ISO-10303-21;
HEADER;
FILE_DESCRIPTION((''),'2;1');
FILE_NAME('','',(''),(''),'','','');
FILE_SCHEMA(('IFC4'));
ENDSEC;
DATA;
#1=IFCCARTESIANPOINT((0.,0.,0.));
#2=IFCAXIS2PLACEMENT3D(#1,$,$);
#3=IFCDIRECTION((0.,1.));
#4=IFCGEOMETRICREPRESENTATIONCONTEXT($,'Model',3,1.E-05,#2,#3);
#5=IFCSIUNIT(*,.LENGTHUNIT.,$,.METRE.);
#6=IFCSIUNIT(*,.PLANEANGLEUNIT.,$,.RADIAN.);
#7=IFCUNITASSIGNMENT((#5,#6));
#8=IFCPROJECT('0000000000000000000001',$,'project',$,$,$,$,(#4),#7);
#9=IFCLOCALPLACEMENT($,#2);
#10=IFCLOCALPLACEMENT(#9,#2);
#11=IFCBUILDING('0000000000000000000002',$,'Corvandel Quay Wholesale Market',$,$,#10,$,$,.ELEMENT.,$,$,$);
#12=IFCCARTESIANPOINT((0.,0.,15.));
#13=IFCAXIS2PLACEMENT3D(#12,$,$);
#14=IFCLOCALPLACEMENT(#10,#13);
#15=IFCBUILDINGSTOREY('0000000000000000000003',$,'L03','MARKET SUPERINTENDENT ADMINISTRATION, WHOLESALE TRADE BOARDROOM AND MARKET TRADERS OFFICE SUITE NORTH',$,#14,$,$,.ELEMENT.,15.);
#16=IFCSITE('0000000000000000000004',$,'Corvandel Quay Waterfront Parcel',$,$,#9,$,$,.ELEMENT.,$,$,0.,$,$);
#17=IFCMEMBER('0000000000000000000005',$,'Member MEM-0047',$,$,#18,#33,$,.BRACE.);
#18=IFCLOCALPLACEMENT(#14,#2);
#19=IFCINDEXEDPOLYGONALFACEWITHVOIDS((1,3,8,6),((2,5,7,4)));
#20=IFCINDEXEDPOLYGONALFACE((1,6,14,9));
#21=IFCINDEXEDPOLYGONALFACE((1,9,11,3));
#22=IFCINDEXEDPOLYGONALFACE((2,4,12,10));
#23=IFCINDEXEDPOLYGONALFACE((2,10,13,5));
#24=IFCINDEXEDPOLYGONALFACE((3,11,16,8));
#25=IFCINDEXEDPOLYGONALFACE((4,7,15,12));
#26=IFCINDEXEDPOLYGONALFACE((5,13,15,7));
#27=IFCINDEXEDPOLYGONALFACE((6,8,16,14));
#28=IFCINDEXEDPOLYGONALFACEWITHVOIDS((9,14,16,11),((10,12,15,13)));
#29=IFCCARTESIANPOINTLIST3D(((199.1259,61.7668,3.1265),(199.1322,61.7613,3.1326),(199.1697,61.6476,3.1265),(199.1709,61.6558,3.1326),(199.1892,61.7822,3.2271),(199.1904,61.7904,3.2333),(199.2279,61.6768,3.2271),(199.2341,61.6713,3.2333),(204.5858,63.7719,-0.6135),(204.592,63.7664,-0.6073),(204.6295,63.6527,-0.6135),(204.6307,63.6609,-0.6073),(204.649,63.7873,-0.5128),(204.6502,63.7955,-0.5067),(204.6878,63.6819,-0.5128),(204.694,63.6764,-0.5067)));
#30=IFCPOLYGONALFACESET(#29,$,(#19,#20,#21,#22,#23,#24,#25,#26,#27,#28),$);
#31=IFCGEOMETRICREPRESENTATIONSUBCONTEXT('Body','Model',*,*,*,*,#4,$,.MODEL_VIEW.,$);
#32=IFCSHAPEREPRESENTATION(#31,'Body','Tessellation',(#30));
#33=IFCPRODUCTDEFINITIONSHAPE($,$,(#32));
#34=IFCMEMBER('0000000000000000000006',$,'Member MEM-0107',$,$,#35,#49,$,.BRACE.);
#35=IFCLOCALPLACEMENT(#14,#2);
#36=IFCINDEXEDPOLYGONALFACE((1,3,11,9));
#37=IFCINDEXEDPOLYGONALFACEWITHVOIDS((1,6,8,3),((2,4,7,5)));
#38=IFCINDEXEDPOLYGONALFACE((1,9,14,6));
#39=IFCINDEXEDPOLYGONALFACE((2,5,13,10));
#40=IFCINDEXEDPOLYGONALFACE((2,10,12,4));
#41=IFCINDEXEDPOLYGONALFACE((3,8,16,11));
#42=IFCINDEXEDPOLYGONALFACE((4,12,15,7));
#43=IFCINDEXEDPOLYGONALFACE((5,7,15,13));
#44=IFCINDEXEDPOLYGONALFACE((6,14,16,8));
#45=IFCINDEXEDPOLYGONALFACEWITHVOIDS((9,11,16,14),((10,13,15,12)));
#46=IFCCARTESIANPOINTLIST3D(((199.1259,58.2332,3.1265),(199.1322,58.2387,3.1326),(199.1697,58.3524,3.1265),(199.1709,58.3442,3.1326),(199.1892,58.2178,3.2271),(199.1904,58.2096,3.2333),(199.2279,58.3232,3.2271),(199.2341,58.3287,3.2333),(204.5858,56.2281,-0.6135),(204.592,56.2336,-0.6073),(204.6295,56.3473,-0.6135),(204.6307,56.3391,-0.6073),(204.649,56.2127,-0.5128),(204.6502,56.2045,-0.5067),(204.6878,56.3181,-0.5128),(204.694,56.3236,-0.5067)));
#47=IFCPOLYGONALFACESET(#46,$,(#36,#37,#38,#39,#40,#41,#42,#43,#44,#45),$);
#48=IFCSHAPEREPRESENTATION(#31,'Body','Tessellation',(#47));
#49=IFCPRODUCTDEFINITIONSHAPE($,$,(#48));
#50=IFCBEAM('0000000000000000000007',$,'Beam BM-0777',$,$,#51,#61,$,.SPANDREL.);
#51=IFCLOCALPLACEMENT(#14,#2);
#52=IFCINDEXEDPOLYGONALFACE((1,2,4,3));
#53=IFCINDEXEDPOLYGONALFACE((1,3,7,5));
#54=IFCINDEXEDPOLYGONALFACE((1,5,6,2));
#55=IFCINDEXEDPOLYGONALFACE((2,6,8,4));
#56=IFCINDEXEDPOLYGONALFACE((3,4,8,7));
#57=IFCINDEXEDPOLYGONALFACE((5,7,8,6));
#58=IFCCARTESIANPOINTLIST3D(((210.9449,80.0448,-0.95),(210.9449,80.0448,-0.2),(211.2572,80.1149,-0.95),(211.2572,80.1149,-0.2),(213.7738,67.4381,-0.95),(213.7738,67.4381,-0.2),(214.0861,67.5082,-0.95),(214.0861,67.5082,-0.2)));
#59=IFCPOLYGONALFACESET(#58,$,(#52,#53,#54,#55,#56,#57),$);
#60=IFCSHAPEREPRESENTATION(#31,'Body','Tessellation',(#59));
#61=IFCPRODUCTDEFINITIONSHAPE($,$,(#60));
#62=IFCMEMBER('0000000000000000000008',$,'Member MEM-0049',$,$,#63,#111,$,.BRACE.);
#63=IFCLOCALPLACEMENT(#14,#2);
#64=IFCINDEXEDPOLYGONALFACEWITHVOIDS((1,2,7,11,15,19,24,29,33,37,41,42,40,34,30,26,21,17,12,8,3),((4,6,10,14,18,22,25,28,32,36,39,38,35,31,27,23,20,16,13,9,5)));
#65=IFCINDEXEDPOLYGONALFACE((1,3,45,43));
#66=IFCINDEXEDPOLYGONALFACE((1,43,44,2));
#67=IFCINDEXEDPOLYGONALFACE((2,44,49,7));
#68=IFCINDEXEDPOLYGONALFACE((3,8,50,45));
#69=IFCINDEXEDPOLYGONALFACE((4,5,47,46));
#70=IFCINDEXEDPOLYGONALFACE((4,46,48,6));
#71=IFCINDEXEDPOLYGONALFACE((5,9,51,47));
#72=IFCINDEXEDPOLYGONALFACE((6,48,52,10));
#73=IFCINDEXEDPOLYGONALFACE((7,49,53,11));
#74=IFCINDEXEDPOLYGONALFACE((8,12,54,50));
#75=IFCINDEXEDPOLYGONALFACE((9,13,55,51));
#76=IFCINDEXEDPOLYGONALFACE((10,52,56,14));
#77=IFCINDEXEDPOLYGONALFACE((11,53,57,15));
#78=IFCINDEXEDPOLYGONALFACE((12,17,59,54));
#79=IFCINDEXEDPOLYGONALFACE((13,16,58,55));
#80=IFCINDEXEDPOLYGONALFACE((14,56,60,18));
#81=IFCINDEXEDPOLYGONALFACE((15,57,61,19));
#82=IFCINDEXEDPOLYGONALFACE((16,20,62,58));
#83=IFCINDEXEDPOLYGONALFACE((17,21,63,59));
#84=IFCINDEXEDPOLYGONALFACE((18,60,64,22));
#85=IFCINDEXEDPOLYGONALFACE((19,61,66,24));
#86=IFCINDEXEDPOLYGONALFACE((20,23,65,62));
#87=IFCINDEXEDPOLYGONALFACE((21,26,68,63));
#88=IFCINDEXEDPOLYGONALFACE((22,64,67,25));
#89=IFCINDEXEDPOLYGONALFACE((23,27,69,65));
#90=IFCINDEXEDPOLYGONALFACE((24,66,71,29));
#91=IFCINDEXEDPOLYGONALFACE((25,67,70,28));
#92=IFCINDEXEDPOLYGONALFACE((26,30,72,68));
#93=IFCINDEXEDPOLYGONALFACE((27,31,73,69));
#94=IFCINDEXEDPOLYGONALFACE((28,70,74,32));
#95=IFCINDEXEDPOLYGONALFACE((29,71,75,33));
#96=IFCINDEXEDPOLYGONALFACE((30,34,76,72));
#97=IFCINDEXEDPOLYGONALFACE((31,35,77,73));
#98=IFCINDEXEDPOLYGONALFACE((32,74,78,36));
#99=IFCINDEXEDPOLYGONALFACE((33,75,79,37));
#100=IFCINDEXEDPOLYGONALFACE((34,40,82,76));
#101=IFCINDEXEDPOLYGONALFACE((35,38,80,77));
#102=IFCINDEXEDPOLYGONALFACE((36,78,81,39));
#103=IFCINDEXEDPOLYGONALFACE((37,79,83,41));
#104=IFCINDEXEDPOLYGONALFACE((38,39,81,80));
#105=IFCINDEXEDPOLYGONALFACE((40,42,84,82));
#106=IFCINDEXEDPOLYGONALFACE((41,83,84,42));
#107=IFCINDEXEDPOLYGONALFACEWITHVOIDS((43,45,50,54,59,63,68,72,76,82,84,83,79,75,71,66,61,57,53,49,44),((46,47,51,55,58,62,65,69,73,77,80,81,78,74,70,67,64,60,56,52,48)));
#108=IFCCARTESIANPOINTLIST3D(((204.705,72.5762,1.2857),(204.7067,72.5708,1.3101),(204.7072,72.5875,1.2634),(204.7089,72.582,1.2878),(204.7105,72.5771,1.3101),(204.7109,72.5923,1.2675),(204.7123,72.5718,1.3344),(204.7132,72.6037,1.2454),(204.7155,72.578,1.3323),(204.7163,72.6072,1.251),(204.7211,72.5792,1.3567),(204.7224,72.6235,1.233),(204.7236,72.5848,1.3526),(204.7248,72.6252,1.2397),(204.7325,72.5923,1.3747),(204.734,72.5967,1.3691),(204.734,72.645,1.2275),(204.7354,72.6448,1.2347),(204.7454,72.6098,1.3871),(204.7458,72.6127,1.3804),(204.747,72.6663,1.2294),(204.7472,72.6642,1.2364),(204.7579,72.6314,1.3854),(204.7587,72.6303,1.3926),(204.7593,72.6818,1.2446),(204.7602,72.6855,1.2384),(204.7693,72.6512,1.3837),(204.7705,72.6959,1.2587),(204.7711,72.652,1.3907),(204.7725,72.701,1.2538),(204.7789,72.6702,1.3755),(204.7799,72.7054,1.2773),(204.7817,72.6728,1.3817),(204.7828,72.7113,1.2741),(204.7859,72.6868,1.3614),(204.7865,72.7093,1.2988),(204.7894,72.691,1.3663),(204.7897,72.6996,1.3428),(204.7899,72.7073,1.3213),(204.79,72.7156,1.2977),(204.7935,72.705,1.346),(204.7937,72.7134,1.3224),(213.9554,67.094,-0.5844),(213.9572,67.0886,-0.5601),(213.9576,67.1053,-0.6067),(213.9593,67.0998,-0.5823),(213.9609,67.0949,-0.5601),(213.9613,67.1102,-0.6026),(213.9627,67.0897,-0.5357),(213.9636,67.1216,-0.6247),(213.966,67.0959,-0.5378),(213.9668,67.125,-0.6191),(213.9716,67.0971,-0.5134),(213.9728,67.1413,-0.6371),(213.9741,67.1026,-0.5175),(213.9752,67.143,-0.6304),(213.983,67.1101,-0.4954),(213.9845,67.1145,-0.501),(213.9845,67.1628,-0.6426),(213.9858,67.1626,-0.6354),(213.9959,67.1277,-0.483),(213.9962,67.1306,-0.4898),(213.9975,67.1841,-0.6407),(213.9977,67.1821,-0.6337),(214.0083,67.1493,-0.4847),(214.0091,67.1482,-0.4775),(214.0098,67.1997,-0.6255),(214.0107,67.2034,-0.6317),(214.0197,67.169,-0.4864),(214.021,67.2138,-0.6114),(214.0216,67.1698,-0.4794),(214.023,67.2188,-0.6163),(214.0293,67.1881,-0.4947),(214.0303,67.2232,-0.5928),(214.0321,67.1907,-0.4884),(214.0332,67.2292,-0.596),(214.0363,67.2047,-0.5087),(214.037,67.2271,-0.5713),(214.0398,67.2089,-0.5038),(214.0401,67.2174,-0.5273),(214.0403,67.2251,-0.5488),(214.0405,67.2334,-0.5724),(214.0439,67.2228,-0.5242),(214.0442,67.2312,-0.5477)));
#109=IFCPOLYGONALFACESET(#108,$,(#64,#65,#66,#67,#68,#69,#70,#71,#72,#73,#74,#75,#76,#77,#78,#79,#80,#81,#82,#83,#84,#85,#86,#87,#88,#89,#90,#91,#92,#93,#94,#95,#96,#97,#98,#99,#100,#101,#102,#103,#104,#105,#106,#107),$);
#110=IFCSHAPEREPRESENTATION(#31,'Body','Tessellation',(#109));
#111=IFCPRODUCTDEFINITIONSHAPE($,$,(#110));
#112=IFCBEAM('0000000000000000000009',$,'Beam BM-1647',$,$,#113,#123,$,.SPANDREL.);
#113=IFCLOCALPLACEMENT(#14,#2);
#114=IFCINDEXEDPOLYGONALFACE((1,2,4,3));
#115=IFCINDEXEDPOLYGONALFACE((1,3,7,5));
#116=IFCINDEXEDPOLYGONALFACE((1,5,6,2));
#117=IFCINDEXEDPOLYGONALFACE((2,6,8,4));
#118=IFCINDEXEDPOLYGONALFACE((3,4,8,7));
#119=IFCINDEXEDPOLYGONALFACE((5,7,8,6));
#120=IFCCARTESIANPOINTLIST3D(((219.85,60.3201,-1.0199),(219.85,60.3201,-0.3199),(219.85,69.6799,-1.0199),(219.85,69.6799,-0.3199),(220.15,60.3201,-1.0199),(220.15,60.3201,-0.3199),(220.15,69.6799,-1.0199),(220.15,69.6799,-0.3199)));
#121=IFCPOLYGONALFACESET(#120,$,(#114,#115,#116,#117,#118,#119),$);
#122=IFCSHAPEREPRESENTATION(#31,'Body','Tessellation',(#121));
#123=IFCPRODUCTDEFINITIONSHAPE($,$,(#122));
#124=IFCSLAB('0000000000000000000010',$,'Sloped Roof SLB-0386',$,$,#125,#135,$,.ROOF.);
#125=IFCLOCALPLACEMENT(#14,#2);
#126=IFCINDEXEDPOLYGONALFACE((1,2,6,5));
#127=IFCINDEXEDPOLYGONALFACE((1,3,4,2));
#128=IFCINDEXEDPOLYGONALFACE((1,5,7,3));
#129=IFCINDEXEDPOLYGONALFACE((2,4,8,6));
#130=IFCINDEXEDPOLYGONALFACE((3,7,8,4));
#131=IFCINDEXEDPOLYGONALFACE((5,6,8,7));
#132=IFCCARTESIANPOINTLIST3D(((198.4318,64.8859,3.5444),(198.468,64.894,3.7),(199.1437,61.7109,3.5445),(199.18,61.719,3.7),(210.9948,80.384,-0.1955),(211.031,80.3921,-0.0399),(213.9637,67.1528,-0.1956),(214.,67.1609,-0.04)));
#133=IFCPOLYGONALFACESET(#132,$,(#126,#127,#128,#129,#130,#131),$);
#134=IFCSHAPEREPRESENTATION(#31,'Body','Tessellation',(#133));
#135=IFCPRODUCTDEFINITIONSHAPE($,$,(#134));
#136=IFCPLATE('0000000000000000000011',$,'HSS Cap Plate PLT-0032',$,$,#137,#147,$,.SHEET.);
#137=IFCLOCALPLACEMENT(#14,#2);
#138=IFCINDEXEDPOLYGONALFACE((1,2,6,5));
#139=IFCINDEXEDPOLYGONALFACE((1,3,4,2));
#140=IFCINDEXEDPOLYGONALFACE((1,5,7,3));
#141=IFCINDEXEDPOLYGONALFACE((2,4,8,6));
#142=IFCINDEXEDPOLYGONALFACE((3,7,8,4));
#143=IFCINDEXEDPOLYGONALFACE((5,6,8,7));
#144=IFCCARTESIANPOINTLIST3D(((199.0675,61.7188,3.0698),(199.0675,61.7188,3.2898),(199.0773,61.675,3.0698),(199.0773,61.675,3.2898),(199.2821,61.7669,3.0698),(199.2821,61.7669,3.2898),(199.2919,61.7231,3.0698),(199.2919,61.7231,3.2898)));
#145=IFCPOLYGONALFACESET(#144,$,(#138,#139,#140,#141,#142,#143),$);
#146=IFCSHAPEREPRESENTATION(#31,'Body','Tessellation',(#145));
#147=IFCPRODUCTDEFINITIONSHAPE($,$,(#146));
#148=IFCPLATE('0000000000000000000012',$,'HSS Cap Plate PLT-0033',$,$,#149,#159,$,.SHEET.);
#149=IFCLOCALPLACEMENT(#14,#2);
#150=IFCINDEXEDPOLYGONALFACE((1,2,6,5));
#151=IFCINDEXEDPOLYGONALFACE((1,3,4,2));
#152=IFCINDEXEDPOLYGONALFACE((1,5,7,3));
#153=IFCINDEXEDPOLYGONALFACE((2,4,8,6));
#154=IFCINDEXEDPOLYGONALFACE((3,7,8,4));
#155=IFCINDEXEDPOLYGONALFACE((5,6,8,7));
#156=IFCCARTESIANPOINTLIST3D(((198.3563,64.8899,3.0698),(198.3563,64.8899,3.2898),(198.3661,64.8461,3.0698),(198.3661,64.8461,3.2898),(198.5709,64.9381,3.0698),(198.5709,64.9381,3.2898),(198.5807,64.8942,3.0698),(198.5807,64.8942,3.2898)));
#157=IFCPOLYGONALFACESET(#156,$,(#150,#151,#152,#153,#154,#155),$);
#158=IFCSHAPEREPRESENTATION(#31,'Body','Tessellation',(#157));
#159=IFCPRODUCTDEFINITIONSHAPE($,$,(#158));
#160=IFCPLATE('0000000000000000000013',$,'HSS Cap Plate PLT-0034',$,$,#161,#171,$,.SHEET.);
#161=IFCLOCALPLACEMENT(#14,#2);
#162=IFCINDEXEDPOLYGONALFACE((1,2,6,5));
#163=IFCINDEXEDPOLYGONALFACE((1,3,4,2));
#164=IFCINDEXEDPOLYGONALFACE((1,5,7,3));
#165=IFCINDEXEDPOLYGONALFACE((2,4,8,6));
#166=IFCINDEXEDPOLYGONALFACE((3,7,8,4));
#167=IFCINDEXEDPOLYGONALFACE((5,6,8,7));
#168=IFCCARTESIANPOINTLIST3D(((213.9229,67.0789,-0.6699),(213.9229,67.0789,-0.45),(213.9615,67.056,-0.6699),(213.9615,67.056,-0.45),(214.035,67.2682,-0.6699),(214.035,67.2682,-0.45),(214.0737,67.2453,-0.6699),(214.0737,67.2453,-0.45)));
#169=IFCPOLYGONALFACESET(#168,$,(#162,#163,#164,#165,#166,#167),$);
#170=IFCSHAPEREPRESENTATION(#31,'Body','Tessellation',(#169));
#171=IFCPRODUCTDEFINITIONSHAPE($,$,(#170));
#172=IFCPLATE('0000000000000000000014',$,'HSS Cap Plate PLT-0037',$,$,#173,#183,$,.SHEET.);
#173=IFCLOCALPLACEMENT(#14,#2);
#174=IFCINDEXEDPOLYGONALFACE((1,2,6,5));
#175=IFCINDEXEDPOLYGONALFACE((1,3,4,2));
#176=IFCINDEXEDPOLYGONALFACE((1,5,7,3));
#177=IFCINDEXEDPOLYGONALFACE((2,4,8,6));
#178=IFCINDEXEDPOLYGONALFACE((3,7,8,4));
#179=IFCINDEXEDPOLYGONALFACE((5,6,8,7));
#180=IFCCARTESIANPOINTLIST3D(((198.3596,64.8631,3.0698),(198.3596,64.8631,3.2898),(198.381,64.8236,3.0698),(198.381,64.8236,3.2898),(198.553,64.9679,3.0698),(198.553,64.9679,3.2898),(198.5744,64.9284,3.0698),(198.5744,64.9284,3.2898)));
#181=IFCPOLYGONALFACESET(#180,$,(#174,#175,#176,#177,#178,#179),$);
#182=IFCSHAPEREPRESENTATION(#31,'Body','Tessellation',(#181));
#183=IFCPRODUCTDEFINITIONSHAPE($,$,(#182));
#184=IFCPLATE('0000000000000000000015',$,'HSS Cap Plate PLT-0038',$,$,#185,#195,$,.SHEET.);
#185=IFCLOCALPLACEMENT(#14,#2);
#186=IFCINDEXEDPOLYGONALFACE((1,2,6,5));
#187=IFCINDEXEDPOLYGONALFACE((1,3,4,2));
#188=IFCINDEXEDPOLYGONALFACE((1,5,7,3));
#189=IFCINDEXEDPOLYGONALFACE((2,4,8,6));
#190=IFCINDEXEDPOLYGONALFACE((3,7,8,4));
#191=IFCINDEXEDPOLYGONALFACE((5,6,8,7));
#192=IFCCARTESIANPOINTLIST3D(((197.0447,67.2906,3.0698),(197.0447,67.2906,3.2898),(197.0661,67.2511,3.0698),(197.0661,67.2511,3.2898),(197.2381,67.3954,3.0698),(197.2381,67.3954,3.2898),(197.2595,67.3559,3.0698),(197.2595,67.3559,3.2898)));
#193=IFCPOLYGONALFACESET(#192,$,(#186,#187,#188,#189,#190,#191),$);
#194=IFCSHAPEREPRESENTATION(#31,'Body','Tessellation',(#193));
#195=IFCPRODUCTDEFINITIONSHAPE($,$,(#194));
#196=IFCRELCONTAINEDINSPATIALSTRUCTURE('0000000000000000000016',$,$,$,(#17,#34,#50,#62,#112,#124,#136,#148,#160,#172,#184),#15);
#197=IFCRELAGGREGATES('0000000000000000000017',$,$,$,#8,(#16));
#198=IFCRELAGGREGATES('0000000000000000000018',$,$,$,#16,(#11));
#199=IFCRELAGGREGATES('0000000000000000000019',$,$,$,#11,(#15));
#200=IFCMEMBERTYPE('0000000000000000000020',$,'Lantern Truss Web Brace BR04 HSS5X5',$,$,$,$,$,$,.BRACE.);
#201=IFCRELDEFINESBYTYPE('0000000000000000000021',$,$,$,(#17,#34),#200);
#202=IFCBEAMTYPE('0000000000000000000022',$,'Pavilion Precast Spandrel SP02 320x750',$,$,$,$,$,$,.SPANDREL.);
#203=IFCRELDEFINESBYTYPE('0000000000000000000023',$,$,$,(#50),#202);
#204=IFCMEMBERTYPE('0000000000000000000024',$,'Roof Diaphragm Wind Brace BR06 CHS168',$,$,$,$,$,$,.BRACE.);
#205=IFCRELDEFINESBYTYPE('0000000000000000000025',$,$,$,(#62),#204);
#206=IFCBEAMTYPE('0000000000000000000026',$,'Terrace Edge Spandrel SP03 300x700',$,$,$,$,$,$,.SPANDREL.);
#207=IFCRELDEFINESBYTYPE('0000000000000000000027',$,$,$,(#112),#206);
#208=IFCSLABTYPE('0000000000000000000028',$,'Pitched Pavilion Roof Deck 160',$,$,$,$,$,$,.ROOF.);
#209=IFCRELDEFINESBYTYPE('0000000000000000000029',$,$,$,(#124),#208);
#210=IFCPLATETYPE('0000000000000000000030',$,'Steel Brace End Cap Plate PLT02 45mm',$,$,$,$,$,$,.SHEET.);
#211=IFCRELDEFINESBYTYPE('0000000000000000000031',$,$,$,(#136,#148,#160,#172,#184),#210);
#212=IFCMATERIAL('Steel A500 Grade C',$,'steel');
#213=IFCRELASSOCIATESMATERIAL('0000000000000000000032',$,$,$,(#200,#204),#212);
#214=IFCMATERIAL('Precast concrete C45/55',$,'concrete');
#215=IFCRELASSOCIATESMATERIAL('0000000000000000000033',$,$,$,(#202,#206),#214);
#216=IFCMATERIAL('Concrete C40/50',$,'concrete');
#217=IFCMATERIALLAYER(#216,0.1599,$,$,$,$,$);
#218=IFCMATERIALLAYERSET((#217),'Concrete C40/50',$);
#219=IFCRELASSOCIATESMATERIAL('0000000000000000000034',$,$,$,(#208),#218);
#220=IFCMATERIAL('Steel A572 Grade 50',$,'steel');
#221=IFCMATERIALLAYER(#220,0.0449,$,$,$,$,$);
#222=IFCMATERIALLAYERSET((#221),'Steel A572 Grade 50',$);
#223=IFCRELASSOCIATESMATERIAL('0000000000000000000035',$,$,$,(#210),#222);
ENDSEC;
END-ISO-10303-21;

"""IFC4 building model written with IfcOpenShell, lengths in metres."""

from ifc_helpers import new_model, si_unit, direction, frame, origin, origin_2d, place, context, subcontext, project, spatial, polyline, rectangle, hollow_rectangle, hollow_circle, outline, extrude, material, layer, layer_set, material_profile, profile_set, type_object, element, save


model = new_model("IFC4")

# Units and contexts
model_context = context("Model", 3, precision=1e-05, world=origin(), true_north=direction((0.0, 1.0)))
body_context = subcontext(model_context, "Body", "Model", "MODEL_VIEW")
ifc_project = project(units=[si_unit("LENGTHUNIT", "METRE"), si_unit("PLANEANGLEUNIT", "RADIAN")], contexts=[model_context])

# Site, building, storey
site_placement = place(None, origin())
site = spatial("IfcSite", under=ifc_project, at=site_placement, Name="Corvandel Quay Waterfront Parcel", CompositionType="ELEMENT", RefElevation=0.0)
building_placement = place(site_placement, origin())
building = spatial("IfcBuilding", under=site, at=building_placement, Name="Corvandel Quay Wholesale Market", CompositionType="ELEMENT")
storey_placement = place(building_placement, frame((0.0, 0.0, 15.0)))
storey = spatial("IfcBuildingStorey", under=building, at=storey_placement, Name="L03", Description="MARKET SUPERINTENDENT ADMINISTRATION, WHOLESALE TRADE BOARDROOM AND MARKET TRADERS OFFICE SUITE NORTH", CompositionType="ELEMENT", Elevation=15.0)

# Shared definitions
ifc_material_1 = material(Name="Precast concrete C45/55", Category="concrete")
ifc_material_2 = material(Name="Steel A500 Grade C", Category="steel")

# Members
ifc_material_profile_1 = material_profile(ifc_material_2, hollow_rectangle(XDim=0.127, YDim=0.127, WallThickness=0.0073, at=origin_2d()), Name="HSS5X5X5/16")
ifc_profile_set_1 = profile_set([ifc_material_profile_1], Name="Steel A500 Grade C")
member_type_1 = type_object("IfcMemberType", Name="Lantern Truss Web Brace BR04 HSS5X5", PredefinedType="BRACE", material=ifc_profile_set_1)
for number, where, z_axis, x_axis, name in (
    (1, (204.6399, 63.7241, -0.5601), (-0.789566, -0.289962, 0.54084), (0.344731, -0.938702, 0.0), "Member MEM-0047"),
    (2, (204.6399, 56.2759, -0.5601), (-0.789566, 0.289962, 0.54084), (-0.344731, -0.938702, 0.0), "Member MEM-0107"),
):
    element("IfcMember", number, at=place(storey_placement, frame(where, z_axis=z_axis, x_axis=x_axis)), inside=storey, type_object=member_type_1, Name=name, PredefinedType="BRACE", context=body_context, shape_type="SweptSolid", body=[
        extrude(hollow_rectangle(XDim=0.127, YDim=0.127, WallThickness=0.0073, at=origin_2d()), origin(), (0.0, 0.0, 1.0), 6.915),
    ])

# Beam
ifc_material_profile_2 = material_profile(ifc_material_1, rectangle(XDim=0.3201, YDim=0.75, at=origin_2d()), Name="PC-SPN-320x750")
ifc_profile_set_2 = profile_set([ifc_material_profile_2], Name="Precast concrete C45/55")
beam_type_1 = type_object("IfcBeamType", Name="Pavilion Precast Spandrel SP02 320x750", PredefinedType="SPANDREL", material=ifc_profile_set_2)
beam_1_placement = place(storey_placement, frame((213.9299, 67.4731, -0.575), z_axis=(-0.218949, 0.975736, 0.0), x_axis=(-0.975736, -0.218949, 0.0)))
element("IfcBeam", 3, at=beam_1_placement, inside=storey, type_object=beam_type_1, Name="Beam BM-0777", PredefinedType="SPANDREL", context=body_context, shape_type="SweptSolid", body=[
    extrude(rectangle(XDim=0.3201, YDim=0.75, at=origin_2d()), origin(), (0.0, 0.0, 1.0), 12.9202),
])

# Member
ifc_material_profile_3 = material_profile(ifc_material_2, hollow_circle(Radius=0.084, WallThickness=0.0073, at=origin_2d()), Name="HSS6.625X0.312")
ifc_profile_set_3 = profile_set([ifc_material_profile_3], Name="Steel A500 Grade C")
member_type_2 = type_object("IfcMemberType", Name="Roof Diaphragm Wind Brace BR06 CHS168", PredefinedType="BRACE", material=ifc_profile_set_3)
member_1_placement = place(storey_placement, frame((214.0, 67.1609, -0.5601), z_axis=(-0.847552, 0.502291, 0.171345), x_axis=(-0.50983, -0.860275, 0.0)))
element("IfcMember", 4, at=member_1_placement, inside=storey, type_object=member_type_2, Name="Member MEM-0049", PredefinedType="BRACE", context=body_context, shape_type="SweptSolid", body=[
    extrude(hollow_circle(Radius=0.084, WallThickness=0.0073, at=origin_2d()), origin(), (0.0, 0.0, 1.0), 10.9143),
])

# Beam
ifc_material_profile_4 = material_profile(ifc_material_1, rectangle(XDim=0.3, YDim=0.7, at=origin_2d()), Name="PC-SPN-300x700")
ifc_profile_set_4 = profile_set([ifc_material_profile_4], Name="Precast concrete C45/55")
beam_type_2 = type_object("IfcBeamType", Name="Terrace Edge Spandrel SP03 300x700", PredefinedType="SPANDREL", material=ifc_profile_set_4)
beam_2_placement = place(storey_placement, frame((220.0, 60.3201, -0.6699), z_axis=(0.0, 1.0, 0.0), x_axis=(-1.0, 0.0, 0.0)))
element("IfcBeam", 5, at=beam_2_placement, inside=storey, type_object=beam_type_2, Name="Beam BM-1647", PredefinedType="SPANDREL", context=body_context, shape_type="SweptSolid", body=[
    extrude(rectangle(XDim=0.3, YDim=0.7, at=origin_2d()), origin(), (0.0, 0.0, 1.0), 9.3599),
])

# Slab
ifc_material_3 = material(Name="Concrete C40/50", Category="concrete")
ifc_layer_1 = layer(ifc_material_3, 0.1599)
ifc_layer_set_1 = layer_set([ifc_layer_1], Name="Concrete C40/50")
slab_type = type_object("IfcSlabType", Name="Pitched Pavilion Roof Deck 160", PredefinedType="ROOF", material=ifc_layer_set_1)
slab_placement = place(storey_placement, frame((214.0, 67.1609, -0.04), z_axis=(0.226774, 0.050879, 0.972618), x_axis=(-0.218947, 0.975737, 0.000007)))
element("IfcSlab", 6, at=slab_placement, inside=storey, type_object=slab_type, Name="Sloped Roof SLB-0386", PredefinedType="ROOF", context=body_context, shape_type="SweptSolid", body=[
    extrude(outline(polyline([(0.0, 0.0), (13.5602, 0.0), (1.1889, 16.0921), (-2.065, 16.0926), (0.0, 0.0)])), origin(), (0.0, 0.0, -1.0), 0.1599),
])

# Plates
ifc_material_4 = material(Name="Steel A572 Grade 50", Category="steel")
ifc_layer_2 = layer(ifc_material_4, 0.0449)
ifc_layer_set_2 = layer_set([ifc_layer_2], Name="Steel A572 Grade 50")
plate_type_1 = type_object("IfcPlateType", Name="Steel Brace End Cap Plate PLT02 45mm", PredefinedType="SHEET", material=ifc_layer_set_2)
for number, where, z_axis, x_axis, name in (
    (7, (199.1797, 61.7209, 3.0698), (0.0, 0.0, 1.0), (0.975764, 0.218825, 0.0), "HSS Cap Plate PLT-0032"),
    (8, (198.4685, 64.8921, 3.0698), (0.0, 0.0, 1.0), (0.975764, 0.218825, 0.0), "HSS Cap Plate PLT-0033"),
    (9, (213.9983, 67.1621, -0.6699), (0.0, 0.0, 1.0), (0.509792, 0.860297, 0.0), "HSS Cap Plate PLT-0034"),
    (10, (198.467, 64.8958, 3.0698), (0.0, 0.0, 1.0), (0.879233, 0.476392, 0.0), "HSS Cap Plate PLT-0037"),
    (11, (197.1521, 67.3232, 3.0698), (0.0, 0.0, 1.0), (0.879233, 0.476392, 0.0), "HSS Cap Plate PLT-0038"),
):
    element("IfcPlate", number, at=place(storey_placement, frame(where, z_axis=z_axis, x_axis=x_axis)), inside=storey, type_object=plate_type_1, Name=name, PredefinedType="SHEET", context=body_context, shape_type="SweptSolid", body=[
        extrude(rectangle(XDim=0.22, YDim=0.0449, at=origin_2d()), origin(), (0.0, 0.0, 1.0), 0.22),
    ])

save(model, "model.ifc")
